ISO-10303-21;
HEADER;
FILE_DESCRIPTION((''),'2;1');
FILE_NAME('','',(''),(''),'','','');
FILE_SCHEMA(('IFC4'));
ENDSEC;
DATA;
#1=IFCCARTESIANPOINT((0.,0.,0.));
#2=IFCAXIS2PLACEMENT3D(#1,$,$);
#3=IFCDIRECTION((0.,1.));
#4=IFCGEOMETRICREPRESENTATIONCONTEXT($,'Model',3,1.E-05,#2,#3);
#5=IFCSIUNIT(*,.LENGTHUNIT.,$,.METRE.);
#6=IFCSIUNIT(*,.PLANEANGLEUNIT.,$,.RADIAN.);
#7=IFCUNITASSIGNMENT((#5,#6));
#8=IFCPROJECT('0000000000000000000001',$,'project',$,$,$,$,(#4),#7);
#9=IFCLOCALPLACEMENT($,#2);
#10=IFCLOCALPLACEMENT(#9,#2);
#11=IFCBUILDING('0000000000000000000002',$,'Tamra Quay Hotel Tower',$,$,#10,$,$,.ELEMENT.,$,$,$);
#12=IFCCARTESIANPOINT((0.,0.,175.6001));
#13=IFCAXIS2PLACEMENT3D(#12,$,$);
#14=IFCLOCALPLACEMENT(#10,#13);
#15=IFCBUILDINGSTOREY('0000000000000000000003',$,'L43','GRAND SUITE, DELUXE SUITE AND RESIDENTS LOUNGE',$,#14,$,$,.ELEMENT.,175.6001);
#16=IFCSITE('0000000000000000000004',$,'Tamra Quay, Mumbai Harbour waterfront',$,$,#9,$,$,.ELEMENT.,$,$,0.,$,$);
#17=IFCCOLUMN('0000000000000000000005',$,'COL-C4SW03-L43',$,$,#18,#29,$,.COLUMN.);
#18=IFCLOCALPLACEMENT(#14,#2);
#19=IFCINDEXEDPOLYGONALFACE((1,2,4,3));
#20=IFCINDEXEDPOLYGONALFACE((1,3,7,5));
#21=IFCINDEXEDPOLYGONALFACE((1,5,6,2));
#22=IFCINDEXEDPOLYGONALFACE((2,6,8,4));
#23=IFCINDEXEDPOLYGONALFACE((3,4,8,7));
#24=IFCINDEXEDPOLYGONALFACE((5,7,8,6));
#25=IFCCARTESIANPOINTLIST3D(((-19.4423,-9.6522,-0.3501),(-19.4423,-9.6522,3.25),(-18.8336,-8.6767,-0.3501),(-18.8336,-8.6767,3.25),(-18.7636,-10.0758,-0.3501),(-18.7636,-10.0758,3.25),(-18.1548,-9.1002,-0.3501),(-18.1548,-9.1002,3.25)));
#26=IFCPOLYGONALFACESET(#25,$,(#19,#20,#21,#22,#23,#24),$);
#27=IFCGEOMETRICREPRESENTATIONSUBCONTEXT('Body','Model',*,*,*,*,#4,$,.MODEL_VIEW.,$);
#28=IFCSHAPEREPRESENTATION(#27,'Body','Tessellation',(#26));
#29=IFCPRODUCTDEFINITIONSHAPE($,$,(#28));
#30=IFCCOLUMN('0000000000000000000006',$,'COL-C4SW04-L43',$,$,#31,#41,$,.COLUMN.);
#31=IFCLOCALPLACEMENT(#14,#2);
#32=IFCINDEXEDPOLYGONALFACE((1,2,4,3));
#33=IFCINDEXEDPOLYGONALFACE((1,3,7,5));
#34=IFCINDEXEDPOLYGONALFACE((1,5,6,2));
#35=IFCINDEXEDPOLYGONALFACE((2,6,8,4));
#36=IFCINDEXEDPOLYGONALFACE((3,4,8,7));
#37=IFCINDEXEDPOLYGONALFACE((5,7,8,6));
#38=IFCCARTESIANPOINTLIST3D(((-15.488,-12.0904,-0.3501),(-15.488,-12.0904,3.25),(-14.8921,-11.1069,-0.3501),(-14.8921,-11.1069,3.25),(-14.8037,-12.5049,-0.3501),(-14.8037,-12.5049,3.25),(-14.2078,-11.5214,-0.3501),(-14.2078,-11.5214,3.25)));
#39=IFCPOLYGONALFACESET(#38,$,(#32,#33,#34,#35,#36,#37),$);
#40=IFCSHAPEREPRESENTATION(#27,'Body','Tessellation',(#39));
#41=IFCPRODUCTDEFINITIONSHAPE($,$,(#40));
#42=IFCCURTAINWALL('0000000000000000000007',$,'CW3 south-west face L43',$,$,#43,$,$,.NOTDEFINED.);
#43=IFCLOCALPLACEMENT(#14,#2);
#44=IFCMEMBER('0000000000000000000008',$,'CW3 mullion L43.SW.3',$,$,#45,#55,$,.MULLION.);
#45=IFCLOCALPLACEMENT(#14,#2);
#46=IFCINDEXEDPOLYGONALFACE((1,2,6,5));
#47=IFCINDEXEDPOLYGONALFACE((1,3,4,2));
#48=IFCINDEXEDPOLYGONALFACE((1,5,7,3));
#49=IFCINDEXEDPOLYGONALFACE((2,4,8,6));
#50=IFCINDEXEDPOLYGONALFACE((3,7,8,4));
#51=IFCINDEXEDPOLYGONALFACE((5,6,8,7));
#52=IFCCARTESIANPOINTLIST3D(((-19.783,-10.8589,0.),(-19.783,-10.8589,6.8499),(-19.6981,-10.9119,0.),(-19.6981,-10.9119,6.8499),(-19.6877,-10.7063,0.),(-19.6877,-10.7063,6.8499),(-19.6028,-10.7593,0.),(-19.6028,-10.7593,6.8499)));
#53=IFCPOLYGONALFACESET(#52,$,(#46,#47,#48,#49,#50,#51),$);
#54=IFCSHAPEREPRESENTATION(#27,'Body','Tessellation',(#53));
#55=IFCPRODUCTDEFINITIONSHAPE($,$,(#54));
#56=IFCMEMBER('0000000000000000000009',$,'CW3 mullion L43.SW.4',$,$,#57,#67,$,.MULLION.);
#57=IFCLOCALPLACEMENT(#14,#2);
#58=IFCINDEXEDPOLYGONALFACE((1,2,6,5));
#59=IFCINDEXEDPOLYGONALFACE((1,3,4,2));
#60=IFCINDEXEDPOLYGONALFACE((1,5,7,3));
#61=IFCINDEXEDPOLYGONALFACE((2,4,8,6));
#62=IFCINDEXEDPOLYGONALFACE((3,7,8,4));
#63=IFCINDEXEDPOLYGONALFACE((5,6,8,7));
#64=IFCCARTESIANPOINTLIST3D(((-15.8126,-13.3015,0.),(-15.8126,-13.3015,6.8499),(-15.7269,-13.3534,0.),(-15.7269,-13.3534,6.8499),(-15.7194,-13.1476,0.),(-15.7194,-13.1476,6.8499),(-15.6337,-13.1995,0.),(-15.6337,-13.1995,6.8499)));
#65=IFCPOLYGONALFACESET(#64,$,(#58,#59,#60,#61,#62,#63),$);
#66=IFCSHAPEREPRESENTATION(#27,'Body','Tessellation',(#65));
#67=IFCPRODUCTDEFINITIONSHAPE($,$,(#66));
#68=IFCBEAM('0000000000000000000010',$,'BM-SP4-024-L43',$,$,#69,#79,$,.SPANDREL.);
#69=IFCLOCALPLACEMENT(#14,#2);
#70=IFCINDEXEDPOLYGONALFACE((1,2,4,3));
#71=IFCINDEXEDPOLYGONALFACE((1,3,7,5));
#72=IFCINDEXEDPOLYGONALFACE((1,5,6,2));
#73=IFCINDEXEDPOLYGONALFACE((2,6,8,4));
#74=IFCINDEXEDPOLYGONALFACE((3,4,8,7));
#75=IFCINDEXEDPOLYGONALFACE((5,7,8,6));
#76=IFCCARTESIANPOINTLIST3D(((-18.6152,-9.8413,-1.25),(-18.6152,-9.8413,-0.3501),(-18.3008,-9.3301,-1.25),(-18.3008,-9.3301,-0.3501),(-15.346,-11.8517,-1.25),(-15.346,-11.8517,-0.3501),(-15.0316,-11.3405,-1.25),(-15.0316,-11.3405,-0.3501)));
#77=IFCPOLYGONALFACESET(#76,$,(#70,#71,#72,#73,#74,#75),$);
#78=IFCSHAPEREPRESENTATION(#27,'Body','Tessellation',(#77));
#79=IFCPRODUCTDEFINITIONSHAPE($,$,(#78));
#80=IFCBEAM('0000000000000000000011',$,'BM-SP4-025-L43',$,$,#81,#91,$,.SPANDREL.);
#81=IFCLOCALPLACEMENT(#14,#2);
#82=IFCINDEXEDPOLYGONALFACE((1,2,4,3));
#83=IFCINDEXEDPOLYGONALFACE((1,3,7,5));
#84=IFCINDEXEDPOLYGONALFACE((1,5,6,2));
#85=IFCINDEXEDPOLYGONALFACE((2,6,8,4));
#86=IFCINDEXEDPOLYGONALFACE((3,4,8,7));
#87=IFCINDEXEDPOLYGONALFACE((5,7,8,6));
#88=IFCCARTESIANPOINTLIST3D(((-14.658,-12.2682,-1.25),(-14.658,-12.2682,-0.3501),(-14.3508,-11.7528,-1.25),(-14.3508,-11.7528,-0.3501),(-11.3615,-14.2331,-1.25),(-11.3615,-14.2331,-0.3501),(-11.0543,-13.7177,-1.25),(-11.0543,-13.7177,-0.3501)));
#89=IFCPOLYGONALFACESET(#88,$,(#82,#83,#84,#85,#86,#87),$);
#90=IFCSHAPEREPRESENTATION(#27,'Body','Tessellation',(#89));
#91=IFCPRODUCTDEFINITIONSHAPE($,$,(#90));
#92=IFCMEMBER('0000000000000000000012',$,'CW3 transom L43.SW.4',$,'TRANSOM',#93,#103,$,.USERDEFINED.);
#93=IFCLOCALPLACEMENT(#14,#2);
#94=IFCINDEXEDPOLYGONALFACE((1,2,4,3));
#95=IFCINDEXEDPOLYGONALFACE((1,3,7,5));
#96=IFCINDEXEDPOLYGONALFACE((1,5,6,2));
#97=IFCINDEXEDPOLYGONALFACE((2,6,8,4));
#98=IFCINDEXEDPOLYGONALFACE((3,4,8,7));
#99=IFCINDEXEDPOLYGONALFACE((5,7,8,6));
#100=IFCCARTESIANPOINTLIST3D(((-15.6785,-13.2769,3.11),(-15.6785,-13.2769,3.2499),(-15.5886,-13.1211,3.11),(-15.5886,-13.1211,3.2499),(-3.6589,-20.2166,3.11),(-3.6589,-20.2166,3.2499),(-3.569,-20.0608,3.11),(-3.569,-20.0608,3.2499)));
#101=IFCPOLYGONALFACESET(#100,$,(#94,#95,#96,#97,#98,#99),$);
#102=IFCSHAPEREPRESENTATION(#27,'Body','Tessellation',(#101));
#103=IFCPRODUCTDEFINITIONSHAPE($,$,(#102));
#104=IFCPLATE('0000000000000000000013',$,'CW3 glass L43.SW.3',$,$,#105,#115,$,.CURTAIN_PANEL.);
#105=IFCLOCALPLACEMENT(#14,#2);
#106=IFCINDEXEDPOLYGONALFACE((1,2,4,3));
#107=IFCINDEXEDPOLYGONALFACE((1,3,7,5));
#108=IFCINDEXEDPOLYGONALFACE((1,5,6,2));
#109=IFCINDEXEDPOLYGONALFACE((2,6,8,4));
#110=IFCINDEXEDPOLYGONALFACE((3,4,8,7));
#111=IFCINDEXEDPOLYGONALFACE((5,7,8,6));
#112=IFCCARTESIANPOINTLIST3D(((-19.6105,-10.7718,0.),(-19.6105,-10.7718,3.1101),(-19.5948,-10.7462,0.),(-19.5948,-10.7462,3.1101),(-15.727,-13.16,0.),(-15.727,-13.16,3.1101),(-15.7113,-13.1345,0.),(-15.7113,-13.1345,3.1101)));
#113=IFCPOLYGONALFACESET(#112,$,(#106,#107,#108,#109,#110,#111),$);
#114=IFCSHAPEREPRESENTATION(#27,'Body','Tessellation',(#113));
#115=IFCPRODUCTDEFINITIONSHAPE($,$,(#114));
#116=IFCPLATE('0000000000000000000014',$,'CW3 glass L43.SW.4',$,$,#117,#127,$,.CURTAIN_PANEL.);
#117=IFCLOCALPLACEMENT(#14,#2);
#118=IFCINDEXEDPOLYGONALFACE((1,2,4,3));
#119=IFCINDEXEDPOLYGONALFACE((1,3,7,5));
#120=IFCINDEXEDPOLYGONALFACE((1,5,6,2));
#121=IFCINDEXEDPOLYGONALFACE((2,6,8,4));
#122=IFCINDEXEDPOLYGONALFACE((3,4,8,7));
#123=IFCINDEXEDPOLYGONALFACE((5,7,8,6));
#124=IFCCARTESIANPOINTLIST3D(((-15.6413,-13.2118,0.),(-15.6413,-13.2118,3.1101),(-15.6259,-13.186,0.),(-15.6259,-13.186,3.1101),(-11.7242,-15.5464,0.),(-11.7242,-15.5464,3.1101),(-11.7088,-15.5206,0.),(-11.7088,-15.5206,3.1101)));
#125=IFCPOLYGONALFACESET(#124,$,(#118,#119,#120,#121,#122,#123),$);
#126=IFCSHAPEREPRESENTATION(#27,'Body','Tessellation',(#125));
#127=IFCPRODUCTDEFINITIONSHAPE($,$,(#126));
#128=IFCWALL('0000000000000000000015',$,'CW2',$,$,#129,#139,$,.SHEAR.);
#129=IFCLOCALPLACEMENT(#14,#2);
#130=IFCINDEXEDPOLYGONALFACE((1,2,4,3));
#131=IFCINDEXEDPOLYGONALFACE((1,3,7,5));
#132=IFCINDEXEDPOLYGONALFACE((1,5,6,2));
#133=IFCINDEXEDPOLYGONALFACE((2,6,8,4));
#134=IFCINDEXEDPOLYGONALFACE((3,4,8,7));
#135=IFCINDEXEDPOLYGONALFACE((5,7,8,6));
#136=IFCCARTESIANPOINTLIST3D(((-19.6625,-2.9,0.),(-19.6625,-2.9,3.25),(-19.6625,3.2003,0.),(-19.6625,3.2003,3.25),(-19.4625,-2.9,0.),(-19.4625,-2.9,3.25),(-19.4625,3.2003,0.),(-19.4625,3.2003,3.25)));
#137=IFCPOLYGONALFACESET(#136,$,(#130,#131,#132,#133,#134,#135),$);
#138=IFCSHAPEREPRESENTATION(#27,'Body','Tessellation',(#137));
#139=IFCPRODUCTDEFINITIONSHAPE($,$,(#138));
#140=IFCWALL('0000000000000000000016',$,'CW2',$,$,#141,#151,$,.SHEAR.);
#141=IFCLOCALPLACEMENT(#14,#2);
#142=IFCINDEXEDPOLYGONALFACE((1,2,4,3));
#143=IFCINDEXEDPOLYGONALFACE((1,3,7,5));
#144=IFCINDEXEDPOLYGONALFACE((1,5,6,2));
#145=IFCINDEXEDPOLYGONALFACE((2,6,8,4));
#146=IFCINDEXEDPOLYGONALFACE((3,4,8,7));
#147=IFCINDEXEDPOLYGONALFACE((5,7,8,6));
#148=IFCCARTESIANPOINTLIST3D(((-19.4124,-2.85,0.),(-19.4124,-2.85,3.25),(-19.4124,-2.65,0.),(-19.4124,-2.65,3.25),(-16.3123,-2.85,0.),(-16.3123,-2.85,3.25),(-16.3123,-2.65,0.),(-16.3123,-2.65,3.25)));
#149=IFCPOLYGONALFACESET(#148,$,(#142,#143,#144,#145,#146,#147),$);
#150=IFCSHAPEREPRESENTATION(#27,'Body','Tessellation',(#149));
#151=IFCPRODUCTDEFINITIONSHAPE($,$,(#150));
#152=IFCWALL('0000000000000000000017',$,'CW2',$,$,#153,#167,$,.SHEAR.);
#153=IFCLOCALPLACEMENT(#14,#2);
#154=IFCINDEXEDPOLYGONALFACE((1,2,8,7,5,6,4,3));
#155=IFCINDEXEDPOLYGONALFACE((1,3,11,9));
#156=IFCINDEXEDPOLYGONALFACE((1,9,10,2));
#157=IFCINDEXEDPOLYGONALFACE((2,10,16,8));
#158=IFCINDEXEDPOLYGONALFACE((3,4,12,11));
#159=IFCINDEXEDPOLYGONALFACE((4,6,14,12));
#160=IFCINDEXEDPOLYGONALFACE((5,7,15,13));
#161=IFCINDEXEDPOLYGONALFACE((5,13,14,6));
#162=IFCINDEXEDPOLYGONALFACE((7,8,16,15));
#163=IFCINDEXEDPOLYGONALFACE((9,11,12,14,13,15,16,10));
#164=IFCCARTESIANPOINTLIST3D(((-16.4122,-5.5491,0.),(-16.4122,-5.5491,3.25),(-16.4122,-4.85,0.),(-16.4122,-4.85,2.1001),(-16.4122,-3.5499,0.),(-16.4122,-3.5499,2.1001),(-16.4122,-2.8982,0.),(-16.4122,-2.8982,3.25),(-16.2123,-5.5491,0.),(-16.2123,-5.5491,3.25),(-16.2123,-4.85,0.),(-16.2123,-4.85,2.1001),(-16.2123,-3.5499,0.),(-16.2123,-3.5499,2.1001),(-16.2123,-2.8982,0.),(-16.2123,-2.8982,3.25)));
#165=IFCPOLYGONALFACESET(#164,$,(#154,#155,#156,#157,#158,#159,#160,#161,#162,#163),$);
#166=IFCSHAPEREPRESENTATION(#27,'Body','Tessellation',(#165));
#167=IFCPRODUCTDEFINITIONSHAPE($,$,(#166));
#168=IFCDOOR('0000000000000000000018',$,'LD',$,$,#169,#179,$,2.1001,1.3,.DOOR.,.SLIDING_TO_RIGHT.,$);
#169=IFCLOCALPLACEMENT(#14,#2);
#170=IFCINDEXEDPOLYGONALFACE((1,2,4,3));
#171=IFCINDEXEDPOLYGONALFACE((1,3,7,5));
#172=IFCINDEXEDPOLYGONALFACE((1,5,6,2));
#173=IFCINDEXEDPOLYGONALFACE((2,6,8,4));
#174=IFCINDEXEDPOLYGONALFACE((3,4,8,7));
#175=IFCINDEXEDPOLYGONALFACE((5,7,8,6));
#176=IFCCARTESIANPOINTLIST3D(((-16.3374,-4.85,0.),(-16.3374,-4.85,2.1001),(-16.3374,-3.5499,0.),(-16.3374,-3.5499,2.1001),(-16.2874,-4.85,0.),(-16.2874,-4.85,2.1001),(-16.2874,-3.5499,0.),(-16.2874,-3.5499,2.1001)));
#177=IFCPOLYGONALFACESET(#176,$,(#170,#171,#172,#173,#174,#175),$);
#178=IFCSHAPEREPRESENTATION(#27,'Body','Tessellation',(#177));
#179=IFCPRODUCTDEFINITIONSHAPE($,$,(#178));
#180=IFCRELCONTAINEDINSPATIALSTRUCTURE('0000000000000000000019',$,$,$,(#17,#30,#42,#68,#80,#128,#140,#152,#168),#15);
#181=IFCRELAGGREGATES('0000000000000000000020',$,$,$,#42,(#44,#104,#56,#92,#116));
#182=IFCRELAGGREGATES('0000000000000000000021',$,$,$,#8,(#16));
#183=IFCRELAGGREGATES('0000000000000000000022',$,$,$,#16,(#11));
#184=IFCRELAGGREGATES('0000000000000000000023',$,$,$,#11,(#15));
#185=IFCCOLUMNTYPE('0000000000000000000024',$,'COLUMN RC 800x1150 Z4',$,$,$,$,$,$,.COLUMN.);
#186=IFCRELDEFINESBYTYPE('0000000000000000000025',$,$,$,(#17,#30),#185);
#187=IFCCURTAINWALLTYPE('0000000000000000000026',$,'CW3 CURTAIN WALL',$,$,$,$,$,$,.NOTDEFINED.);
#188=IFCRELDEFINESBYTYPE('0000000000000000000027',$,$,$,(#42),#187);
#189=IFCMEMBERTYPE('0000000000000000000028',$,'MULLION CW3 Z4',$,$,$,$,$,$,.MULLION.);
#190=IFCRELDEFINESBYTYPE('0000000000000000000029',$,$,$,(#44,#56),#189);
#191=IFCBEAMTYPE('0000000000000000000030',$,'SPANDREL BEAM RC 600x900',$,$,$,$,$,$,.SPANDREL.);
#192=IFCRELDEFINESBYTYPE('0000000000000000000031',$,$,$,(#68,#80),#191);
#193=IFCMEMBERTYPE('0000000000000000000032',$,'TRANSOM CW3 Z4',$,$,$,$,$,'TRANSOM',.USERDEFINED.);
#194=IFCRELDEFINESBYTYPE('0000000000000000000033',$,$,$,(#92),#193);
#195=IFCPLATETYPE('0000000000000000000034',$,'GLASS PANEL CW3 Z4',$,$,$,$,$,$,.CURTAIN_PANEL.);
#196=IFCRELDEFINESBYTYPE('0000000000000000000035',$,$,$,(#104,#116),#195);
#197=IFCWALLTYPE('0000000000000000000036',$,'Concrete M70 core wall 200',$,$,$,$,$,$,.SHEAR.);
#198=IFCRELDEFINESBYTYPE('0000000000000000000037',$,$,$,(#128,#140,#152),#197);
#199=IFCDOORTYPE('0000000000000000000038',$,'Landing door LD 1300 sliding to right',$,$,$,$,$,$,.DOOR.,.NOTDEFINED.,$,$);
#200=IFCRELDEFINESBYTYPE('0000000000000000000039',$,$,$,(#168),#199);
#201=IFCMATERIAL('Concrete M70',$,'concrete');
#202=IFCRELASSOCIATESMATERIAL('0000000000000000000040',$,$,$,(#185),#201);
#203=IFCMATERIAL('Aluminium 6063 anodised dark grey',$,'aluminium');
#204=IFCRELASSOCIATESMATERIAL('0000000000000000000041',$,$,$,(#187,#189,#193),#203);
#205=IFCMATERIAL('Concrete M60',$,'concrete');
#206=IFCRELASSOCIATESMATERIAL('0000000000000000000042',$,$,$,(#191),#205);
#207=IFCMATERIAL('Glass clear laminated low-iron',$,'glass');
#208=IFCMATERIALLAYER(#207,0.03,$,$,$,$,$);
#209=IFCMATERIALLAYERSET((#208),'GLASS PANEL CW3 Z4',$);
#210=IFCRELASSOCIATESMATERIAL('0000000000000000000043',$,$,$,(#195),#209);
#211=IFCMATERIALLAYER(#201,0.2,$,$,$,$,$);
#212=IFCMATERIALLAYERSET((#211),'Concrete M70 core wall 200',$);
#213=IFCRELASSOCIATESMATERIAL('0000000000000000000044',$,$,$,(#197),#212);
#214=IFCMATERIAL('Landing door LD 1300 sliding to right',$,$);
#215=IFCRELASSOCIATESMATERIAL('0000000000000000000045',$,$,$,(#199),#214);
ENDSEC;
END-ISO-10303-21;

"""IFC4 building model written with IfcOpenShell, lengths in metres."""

from ifc_helpers import new_model, si_unit, direction, frame, frame_2d, origin, origin_2d, place, context, subcontext, project, spatial, rectangle, extrude, material, layer, layer_set, material_profile, profile_set, type_object, element, fill, aggregate, save


model = new_model("IFC4")

# Units and contexts
model_context = context("Model", 3, precision=1e-05, world=origin(), true_north=direction((0.0, 1.0)))
body_context = subcontext(model_context, "Body", "Model", "MODEL_VIEW")
ifc_project = project(units=[si_unit("LENGTHUNIT", "METRE"), si_unit("PLANEANGLEUNIT", "RADIAN")], contexts=[model_context])

# Site, building, storey
site_placement = place(None, origin())
site = spatial("IfcSite", under=ifc_project, at=site_placement, Name="Tamra Quay, Mumbai Harbour waterfront", CompositionType="ELEMENT", RefElevation=0.0)
building_placement = place(site_placement, origin())
building = spatial("IfcBuilding", under=site, at=building_placement, Name="Tamra Quay Hotel Tower", CompositionType="ELEMENT")
storey_placement = place(building_placement, frame((0.0, 0.0, 175.6001)))
storey = spatial("IfcBuildingStorey", under=building, at=storey_placement, Name="L43", Description="GRAND SUITE, DELUXE SUITE AND RESIDENTS LOUNGE", CompositionType="ELEMENT", Elevation=175.6001)

# Columns
ifc_material_1 = material(Name="Concrete M70", Category="concrete")
ifc_material_profile_1 = material_profile(ifc_material_1, rectangle(XDim=1.1499, YDim=0.8, at=origin_2d()), Name="COLUMN RC 800x1150 Z4")
ifc_profile_set_1 = profile_set([ifc_material_profile_1], Name="Concrete M70")
column_type = type_object("IfcColumnType", Name="COLUMN RC 800x1150 Z4", PredefinedType="COLUMN", material=ifc_profile_set_1)
for number, where, z_axis, x_axis, name in (
    (1, (-18.7986, -9.3762, -0.3501), (0.0, 0.0, 1.0), (0.52941, 0.848366, 0.0), "COL-C4SW03-L43"),
    (2, (-14.8479, -11.8059, -0.3501), (0.0, 0.0, 1.0), (0.518175, 0.855275, 0.0), "COL-C4SW04-L43"),
):
    element("IfcColumn", number, at=place(storey_placement, frame(where, z_axis=z_axis, x_axis=x_axis)), inside=storey, type_object=column_type, Name=name, PredefinedType="COLUMN", context=body_context, shape_type="SweptSolid", body=[
        extrude(rectangle(XDim=1.1499, YDim=0.8, at=origin_2d()), origin(), (0.0, 0.0, 1.0), 3.6001),
    ])

# Curtain wall, members
ifc_material_2 = material(Name="Aluminium 6063 anodised dark grey", Category="aluminium")
curtain_wall_type = type_object("IfcCurtainWallType", Name="CW3 CURTAIN WALL", PredefinedType="NOTDEFINED", material=ifc_material_2)
curtain_wall_placement = place(storey_placement, origin())
curtain_wall = element("IfcCurtainWall", 3, at=curtain_wall_placement, inside=storey, type_object=curtain_wall_type, Name="CW3 south-west face L43", PredefinedType="NOTDEFINED")
ifc_material_profile_2 = material_profile(ifc_material_2, rectangle(XDim=0.1799, YDim=0.1001, at=origin_2d()), Name="MULLION 100X180")
ifc_profile_set_2 = profile_set([ifc_material_profile_2], Name="Aluminium 6063 anodised dark grey")
member_type_1 = type_object("IfcMemberType", Name="MULLION CW3 Z4", PredefinedType="MULLION", material=ifc_profile_set_2)
member_1_placement = place(storey_placement, frame((-19.6929, -10.8091, 0.0), z_axis=(0.0, 0.0, 1.0), x_axis=(-0.529731, -0.848166, 0.0)))
member_1 = element("IfcMember", 4, at=member_1_placement, type_object=member_type_1, Name="CW3 mullion L43.SW.3", PredefinedType="MULLION", context=body_context, shape_type="SweptSolid", body=[
    extrude(rectangle(XDim=0.1799, YDim=0.1001, at=origin_2d()), origin(), (0.0, 0.0, 1.0), 6.8499),
])
member_2_placement = place(storey_placement, frame((-15.7231, -13.2505, 0.0), z_axis=(0.0, 0.0, 1.0), x_axis=(-0.517923, -0.855428, 0.0)))
member_2 = element("IfcMember", 5, at=member_2_placement, type_object=member_type_1, Name="CW3 mullion L43.SW.4", PredefinedType="MULLION", context=body_context, shape_type="SweptSolid", body=[
    extrude(rectangle(XDim=0.1799, YDim=0.1001, at=origin_2d()), origin(), (0.0, 0.0, 1.0), 6.8499),
])

# Beams
ifc_material_3 = material(Name="Concrete M60", Category="concrete")
ifc_material_profile_3 = material_profile(ifc_material_3, rectangle(XDim=0.6001, YDim=0.8999, at=origin_2d()), Name="SPANDREL BEAM RC 600x900")
ifc_profile_set_3 = profile_set([ifc_material_profile_3], Name="Concrete M60")
beam_type = type_object("IfcBeamType", Name="SPANDREL BEAM RC 600x900", PredefinedType="SPANDREL", material=ifc_profile_set_3)
beam_1_placement = place(storey_placement, frame((-18.458, -9.5857, -0.8), z_axis=(0.851818, -0.523838, 0.0), x_axis=(0.523838, 0.851818, 0.0)))
element("IfcBeam", 6, at=beam_1_placement, inside=storey, type_object=beam_type, Name="BM-SP4-024-L43", PredefinedType="SPANDREL", context=body_context, shape_type="SweptSolid", body=[
    extrude(rectangle(XDim=0.6001, YDim=0.8999, at=origin_2d()), origin(), (0.0, 0.0, 1.0), 3.8379),
])
beam_2_placement = place(storey_placement, frame((-14.5044, -12.0105, -0.8), z_axis=(0.858982, -0.512005, 0.0), x_axis=(0.512005, 0.858982, 0.0)))
element("IfcBeam", 7, at=beam_2_placement, inside=storey, type_object=beam_type, Name="BM-SP4-025-L43", PredefinedType="SPANDREL", context=body_context, shape_type="SweptSolid", body=[
    extrude(rectangle(XDim=0.6001, YDim=0.8999, at=origin_2d()), origin(), (0.0, 0.0, 1.0), 3.8376),
])

# Member
ifc_material_profile_4 = material_profile(ifc_material_2, rectangle(XDim=0.1799, YDim=0.1399, at=origin_2d()), Name="TRANSOM 180X140")
ifc_profile_set_4 = profile_set([ifc_material_profile_4], Name="Aluminium 6063 anodised dark grey")
member_type_2 = type_object("IfcMemberType", Name="TRANSOM CW3 Z4", ElementType="TRANSOM", PredefinedType="USERDEFINED", material=ifc_profile_set_4)
member_3_placement = place(storey_placement, frame((-15.6335, -13.199, 3.1799), z_axis=(0.866019, -0.500012, 0.0), x_axis=(0.500012, 0.866019, 0.0)))
member_3 = element("IfcMember", 8, at=member_3_placement, type_object=member_type_2, Name="CW3 transom L43.SW.4", ObjectType="TRANSOM", PredefinedType="USERDEFINED", context=body_context, shape_type="SweptSolid", body=[
    extrude(rectangle(XDim=0.1799, YDim=0.1399, at=origin_2d()), origin(), (0.0, 0.0, 1.0), 13.8792),
])

# Plates
ifc_material_4 = material(Name="Glass clear laminated low-iron", Category="glass")
ifc_layer_1 = layer(ifc_material_4, 0.03)
ifc_layer_set_1 = layer_set([ifc_layer_1], Name="GLASS PANEL CW3 Z4")
plate_type = type_object("IfcPlateType", Name="GLASS PANEL CW3 Z4", PredefinedType="CURTAIN_PANEL", material=ifc_layer_set_1)
plate_1_placement = place(storey_placement, frame((-17.6609, -11.9531, 0.0), z_axis=(0.0, 0.0, 1.0), x_axis=(0.851815, -0.523843, 0.0)))
plate_1 = element("IfcPlate", 9, at=plate_1_placement, type_object=plate_type, Name="CW3 glass L43.SW.3", PredefinedType="CURTAIN_PANEL", context=body_context, shape_type="SweptSolid", body=[
    extrude(rectangle(XDim=4.5591, YDim=0.03, at=origin_2d()), origin(), (0.0, 0.0, 1.0), 3.1101),
])
plate_2_placement = place(storey_placement, frame((-13.675, -14.3662, 0.0), z_axis=(0.0, 0.0, 1.0), x_axis=(0.858999, -0.511977, 0.0)))
plate_2 = element("IfcPlate", 10, at=plate_2_placement, type_object=plate_type, Name="CW3 glass L43.SW.4", PredefinedType="CURTAIN_PANEL", context=body_context, shape_type="SweptSolid", body=[
    extrude(rectangle(XDim=4.5601, YDim=0.03, at=origin_2d()), origin(), (0.0, 0.0, 1.0), 3.1101),
])
aggregate(curtain_wall, [member_1, plate_1, member_2, member_3, plate_2])

# Walls
ifc_layer_2 = layer(ifc_material_1, 0.2)
ifc_layer_set_2 = layer_set([ifc_layer_2], Name="Concrete M70 core wall 200")
wall_type_1 = type_object("IfcWallType", Name="Concrete M70 core wall 200", PredefinedType="SHEAR", material=ifc_layer_set_2)
wall_1_placement = place(storey_placement, frame((-19.5625, -2.9001, 0.0), z_axis=(0.0, 0.0, 1.0), x_axis=(0.0, 1.0, 0.0)))
element("IfcWall", 11, at=wall_1_placement, inside=storey, type_object=wall_type_1, Name="CW2", PredefinedType="SHEAR", context=body_context, shape_type="SweptSolid", body=[
    extrude(rectangle(XDim=6.1003, YDim=0.2, at=frame_2d((3.0503, 0.0))), origin(), (0.0, 0.0, 1.0), 3.25),
])
wall_2_placement = place(storey_placement, frame((-19.4124, -2.75, 0.0), z_axis=(0.0, 0.0, 1.0), x_axis=(1.0, 0.0, 0.0)))
element("IfcWall", 12, at=wall_2_placement, inside=storey, type_object=wall_type_1, Name="CW2", PredefinedType="SHEAR", context=body_context, shape_type="SweptSolid", body=[
    extrude(rectangle(XDim=3.1001, YDim=0.2, at=frame_2d((1.55, 0.0))), origin(), (0.0, 0.0, 1.0), 3.25),
])

# Wall, opening, door
wall_3_placement = place(storey_placement, frame((-16.3123, -2.8982, 0.0), z_axis=(0.0, 0.0, 1.0), x_axis=(0.0, -1.0, 0.0)))
wall_3 = element("IfcWall", 13, at=wall_3_placement, inside=storey, type_object=wall_type_1, Name="CW2", PredefinedType="SHEAR", context=body_context, shape_type="SweptSolid", body=[
    extrude(rectangle(XDim=2.6509, YDim=0.2, at=frame_2d((1.3254, 0.0))), origin(), (0.0, 0.0, 1.0), 3.25),
])
opening_1_placement = place(wall_3_placement, frame((0.6519, 0.0, 0.0)))
opening_1 = element("IfcOpeningElement", 14, at=opening_1_placement, cuts=wall_3, PredefinedType="OPENING", context=body_context, shape_type="SweptSolid", body=[
    extrude(rectangle(XDim=1.3, YDim=2.1001, at=frame_2d((0.6499, 1.05))), frame((0.0, 0.1099, 0.0), z_axis=(0.0, -1.0, 0.0), x_axis=(1.0, 0.0, 0.0)), (0.0, 0.0, 1.0), 0.22),
])
ifc_material_5 = material(Name="Landing door LD 1300 sliding to right")
door_type_1 = type_object("IfcDoorType", Name="Landing door LD 1300 sliding to right", OperationType="NOTDEFINED", PredefinedType="DOOR", material=ifc_material_5)
door_1_placement = place(opening_1_placement, origin())
door_1 = element("IfcDoor", 15, at=door_1_placement, inside=storey, type_object=door_type_1, Name="LD", OperationType="SLIDING_TO_RIGHT", OverallHeight=2.1001, OverallWidth=1.3, PredefinedType="DOOR", context=body_context, shape_type="SweptSolid", body=[
    extrude(rectangle(XDim=1.3, YDim=2.1001, at=frame_2d((0.6499, 1.05))), frame((0.0, 0.0249, 0.0), z_axis=(0.0, -1.0, 0.0), x_axis=(1.0, 0.0, 0.0)), (0.0, 0.0, 1.0), 0.05),
])
fill(opening_1, door_1)

save(model, "model.ifc")
